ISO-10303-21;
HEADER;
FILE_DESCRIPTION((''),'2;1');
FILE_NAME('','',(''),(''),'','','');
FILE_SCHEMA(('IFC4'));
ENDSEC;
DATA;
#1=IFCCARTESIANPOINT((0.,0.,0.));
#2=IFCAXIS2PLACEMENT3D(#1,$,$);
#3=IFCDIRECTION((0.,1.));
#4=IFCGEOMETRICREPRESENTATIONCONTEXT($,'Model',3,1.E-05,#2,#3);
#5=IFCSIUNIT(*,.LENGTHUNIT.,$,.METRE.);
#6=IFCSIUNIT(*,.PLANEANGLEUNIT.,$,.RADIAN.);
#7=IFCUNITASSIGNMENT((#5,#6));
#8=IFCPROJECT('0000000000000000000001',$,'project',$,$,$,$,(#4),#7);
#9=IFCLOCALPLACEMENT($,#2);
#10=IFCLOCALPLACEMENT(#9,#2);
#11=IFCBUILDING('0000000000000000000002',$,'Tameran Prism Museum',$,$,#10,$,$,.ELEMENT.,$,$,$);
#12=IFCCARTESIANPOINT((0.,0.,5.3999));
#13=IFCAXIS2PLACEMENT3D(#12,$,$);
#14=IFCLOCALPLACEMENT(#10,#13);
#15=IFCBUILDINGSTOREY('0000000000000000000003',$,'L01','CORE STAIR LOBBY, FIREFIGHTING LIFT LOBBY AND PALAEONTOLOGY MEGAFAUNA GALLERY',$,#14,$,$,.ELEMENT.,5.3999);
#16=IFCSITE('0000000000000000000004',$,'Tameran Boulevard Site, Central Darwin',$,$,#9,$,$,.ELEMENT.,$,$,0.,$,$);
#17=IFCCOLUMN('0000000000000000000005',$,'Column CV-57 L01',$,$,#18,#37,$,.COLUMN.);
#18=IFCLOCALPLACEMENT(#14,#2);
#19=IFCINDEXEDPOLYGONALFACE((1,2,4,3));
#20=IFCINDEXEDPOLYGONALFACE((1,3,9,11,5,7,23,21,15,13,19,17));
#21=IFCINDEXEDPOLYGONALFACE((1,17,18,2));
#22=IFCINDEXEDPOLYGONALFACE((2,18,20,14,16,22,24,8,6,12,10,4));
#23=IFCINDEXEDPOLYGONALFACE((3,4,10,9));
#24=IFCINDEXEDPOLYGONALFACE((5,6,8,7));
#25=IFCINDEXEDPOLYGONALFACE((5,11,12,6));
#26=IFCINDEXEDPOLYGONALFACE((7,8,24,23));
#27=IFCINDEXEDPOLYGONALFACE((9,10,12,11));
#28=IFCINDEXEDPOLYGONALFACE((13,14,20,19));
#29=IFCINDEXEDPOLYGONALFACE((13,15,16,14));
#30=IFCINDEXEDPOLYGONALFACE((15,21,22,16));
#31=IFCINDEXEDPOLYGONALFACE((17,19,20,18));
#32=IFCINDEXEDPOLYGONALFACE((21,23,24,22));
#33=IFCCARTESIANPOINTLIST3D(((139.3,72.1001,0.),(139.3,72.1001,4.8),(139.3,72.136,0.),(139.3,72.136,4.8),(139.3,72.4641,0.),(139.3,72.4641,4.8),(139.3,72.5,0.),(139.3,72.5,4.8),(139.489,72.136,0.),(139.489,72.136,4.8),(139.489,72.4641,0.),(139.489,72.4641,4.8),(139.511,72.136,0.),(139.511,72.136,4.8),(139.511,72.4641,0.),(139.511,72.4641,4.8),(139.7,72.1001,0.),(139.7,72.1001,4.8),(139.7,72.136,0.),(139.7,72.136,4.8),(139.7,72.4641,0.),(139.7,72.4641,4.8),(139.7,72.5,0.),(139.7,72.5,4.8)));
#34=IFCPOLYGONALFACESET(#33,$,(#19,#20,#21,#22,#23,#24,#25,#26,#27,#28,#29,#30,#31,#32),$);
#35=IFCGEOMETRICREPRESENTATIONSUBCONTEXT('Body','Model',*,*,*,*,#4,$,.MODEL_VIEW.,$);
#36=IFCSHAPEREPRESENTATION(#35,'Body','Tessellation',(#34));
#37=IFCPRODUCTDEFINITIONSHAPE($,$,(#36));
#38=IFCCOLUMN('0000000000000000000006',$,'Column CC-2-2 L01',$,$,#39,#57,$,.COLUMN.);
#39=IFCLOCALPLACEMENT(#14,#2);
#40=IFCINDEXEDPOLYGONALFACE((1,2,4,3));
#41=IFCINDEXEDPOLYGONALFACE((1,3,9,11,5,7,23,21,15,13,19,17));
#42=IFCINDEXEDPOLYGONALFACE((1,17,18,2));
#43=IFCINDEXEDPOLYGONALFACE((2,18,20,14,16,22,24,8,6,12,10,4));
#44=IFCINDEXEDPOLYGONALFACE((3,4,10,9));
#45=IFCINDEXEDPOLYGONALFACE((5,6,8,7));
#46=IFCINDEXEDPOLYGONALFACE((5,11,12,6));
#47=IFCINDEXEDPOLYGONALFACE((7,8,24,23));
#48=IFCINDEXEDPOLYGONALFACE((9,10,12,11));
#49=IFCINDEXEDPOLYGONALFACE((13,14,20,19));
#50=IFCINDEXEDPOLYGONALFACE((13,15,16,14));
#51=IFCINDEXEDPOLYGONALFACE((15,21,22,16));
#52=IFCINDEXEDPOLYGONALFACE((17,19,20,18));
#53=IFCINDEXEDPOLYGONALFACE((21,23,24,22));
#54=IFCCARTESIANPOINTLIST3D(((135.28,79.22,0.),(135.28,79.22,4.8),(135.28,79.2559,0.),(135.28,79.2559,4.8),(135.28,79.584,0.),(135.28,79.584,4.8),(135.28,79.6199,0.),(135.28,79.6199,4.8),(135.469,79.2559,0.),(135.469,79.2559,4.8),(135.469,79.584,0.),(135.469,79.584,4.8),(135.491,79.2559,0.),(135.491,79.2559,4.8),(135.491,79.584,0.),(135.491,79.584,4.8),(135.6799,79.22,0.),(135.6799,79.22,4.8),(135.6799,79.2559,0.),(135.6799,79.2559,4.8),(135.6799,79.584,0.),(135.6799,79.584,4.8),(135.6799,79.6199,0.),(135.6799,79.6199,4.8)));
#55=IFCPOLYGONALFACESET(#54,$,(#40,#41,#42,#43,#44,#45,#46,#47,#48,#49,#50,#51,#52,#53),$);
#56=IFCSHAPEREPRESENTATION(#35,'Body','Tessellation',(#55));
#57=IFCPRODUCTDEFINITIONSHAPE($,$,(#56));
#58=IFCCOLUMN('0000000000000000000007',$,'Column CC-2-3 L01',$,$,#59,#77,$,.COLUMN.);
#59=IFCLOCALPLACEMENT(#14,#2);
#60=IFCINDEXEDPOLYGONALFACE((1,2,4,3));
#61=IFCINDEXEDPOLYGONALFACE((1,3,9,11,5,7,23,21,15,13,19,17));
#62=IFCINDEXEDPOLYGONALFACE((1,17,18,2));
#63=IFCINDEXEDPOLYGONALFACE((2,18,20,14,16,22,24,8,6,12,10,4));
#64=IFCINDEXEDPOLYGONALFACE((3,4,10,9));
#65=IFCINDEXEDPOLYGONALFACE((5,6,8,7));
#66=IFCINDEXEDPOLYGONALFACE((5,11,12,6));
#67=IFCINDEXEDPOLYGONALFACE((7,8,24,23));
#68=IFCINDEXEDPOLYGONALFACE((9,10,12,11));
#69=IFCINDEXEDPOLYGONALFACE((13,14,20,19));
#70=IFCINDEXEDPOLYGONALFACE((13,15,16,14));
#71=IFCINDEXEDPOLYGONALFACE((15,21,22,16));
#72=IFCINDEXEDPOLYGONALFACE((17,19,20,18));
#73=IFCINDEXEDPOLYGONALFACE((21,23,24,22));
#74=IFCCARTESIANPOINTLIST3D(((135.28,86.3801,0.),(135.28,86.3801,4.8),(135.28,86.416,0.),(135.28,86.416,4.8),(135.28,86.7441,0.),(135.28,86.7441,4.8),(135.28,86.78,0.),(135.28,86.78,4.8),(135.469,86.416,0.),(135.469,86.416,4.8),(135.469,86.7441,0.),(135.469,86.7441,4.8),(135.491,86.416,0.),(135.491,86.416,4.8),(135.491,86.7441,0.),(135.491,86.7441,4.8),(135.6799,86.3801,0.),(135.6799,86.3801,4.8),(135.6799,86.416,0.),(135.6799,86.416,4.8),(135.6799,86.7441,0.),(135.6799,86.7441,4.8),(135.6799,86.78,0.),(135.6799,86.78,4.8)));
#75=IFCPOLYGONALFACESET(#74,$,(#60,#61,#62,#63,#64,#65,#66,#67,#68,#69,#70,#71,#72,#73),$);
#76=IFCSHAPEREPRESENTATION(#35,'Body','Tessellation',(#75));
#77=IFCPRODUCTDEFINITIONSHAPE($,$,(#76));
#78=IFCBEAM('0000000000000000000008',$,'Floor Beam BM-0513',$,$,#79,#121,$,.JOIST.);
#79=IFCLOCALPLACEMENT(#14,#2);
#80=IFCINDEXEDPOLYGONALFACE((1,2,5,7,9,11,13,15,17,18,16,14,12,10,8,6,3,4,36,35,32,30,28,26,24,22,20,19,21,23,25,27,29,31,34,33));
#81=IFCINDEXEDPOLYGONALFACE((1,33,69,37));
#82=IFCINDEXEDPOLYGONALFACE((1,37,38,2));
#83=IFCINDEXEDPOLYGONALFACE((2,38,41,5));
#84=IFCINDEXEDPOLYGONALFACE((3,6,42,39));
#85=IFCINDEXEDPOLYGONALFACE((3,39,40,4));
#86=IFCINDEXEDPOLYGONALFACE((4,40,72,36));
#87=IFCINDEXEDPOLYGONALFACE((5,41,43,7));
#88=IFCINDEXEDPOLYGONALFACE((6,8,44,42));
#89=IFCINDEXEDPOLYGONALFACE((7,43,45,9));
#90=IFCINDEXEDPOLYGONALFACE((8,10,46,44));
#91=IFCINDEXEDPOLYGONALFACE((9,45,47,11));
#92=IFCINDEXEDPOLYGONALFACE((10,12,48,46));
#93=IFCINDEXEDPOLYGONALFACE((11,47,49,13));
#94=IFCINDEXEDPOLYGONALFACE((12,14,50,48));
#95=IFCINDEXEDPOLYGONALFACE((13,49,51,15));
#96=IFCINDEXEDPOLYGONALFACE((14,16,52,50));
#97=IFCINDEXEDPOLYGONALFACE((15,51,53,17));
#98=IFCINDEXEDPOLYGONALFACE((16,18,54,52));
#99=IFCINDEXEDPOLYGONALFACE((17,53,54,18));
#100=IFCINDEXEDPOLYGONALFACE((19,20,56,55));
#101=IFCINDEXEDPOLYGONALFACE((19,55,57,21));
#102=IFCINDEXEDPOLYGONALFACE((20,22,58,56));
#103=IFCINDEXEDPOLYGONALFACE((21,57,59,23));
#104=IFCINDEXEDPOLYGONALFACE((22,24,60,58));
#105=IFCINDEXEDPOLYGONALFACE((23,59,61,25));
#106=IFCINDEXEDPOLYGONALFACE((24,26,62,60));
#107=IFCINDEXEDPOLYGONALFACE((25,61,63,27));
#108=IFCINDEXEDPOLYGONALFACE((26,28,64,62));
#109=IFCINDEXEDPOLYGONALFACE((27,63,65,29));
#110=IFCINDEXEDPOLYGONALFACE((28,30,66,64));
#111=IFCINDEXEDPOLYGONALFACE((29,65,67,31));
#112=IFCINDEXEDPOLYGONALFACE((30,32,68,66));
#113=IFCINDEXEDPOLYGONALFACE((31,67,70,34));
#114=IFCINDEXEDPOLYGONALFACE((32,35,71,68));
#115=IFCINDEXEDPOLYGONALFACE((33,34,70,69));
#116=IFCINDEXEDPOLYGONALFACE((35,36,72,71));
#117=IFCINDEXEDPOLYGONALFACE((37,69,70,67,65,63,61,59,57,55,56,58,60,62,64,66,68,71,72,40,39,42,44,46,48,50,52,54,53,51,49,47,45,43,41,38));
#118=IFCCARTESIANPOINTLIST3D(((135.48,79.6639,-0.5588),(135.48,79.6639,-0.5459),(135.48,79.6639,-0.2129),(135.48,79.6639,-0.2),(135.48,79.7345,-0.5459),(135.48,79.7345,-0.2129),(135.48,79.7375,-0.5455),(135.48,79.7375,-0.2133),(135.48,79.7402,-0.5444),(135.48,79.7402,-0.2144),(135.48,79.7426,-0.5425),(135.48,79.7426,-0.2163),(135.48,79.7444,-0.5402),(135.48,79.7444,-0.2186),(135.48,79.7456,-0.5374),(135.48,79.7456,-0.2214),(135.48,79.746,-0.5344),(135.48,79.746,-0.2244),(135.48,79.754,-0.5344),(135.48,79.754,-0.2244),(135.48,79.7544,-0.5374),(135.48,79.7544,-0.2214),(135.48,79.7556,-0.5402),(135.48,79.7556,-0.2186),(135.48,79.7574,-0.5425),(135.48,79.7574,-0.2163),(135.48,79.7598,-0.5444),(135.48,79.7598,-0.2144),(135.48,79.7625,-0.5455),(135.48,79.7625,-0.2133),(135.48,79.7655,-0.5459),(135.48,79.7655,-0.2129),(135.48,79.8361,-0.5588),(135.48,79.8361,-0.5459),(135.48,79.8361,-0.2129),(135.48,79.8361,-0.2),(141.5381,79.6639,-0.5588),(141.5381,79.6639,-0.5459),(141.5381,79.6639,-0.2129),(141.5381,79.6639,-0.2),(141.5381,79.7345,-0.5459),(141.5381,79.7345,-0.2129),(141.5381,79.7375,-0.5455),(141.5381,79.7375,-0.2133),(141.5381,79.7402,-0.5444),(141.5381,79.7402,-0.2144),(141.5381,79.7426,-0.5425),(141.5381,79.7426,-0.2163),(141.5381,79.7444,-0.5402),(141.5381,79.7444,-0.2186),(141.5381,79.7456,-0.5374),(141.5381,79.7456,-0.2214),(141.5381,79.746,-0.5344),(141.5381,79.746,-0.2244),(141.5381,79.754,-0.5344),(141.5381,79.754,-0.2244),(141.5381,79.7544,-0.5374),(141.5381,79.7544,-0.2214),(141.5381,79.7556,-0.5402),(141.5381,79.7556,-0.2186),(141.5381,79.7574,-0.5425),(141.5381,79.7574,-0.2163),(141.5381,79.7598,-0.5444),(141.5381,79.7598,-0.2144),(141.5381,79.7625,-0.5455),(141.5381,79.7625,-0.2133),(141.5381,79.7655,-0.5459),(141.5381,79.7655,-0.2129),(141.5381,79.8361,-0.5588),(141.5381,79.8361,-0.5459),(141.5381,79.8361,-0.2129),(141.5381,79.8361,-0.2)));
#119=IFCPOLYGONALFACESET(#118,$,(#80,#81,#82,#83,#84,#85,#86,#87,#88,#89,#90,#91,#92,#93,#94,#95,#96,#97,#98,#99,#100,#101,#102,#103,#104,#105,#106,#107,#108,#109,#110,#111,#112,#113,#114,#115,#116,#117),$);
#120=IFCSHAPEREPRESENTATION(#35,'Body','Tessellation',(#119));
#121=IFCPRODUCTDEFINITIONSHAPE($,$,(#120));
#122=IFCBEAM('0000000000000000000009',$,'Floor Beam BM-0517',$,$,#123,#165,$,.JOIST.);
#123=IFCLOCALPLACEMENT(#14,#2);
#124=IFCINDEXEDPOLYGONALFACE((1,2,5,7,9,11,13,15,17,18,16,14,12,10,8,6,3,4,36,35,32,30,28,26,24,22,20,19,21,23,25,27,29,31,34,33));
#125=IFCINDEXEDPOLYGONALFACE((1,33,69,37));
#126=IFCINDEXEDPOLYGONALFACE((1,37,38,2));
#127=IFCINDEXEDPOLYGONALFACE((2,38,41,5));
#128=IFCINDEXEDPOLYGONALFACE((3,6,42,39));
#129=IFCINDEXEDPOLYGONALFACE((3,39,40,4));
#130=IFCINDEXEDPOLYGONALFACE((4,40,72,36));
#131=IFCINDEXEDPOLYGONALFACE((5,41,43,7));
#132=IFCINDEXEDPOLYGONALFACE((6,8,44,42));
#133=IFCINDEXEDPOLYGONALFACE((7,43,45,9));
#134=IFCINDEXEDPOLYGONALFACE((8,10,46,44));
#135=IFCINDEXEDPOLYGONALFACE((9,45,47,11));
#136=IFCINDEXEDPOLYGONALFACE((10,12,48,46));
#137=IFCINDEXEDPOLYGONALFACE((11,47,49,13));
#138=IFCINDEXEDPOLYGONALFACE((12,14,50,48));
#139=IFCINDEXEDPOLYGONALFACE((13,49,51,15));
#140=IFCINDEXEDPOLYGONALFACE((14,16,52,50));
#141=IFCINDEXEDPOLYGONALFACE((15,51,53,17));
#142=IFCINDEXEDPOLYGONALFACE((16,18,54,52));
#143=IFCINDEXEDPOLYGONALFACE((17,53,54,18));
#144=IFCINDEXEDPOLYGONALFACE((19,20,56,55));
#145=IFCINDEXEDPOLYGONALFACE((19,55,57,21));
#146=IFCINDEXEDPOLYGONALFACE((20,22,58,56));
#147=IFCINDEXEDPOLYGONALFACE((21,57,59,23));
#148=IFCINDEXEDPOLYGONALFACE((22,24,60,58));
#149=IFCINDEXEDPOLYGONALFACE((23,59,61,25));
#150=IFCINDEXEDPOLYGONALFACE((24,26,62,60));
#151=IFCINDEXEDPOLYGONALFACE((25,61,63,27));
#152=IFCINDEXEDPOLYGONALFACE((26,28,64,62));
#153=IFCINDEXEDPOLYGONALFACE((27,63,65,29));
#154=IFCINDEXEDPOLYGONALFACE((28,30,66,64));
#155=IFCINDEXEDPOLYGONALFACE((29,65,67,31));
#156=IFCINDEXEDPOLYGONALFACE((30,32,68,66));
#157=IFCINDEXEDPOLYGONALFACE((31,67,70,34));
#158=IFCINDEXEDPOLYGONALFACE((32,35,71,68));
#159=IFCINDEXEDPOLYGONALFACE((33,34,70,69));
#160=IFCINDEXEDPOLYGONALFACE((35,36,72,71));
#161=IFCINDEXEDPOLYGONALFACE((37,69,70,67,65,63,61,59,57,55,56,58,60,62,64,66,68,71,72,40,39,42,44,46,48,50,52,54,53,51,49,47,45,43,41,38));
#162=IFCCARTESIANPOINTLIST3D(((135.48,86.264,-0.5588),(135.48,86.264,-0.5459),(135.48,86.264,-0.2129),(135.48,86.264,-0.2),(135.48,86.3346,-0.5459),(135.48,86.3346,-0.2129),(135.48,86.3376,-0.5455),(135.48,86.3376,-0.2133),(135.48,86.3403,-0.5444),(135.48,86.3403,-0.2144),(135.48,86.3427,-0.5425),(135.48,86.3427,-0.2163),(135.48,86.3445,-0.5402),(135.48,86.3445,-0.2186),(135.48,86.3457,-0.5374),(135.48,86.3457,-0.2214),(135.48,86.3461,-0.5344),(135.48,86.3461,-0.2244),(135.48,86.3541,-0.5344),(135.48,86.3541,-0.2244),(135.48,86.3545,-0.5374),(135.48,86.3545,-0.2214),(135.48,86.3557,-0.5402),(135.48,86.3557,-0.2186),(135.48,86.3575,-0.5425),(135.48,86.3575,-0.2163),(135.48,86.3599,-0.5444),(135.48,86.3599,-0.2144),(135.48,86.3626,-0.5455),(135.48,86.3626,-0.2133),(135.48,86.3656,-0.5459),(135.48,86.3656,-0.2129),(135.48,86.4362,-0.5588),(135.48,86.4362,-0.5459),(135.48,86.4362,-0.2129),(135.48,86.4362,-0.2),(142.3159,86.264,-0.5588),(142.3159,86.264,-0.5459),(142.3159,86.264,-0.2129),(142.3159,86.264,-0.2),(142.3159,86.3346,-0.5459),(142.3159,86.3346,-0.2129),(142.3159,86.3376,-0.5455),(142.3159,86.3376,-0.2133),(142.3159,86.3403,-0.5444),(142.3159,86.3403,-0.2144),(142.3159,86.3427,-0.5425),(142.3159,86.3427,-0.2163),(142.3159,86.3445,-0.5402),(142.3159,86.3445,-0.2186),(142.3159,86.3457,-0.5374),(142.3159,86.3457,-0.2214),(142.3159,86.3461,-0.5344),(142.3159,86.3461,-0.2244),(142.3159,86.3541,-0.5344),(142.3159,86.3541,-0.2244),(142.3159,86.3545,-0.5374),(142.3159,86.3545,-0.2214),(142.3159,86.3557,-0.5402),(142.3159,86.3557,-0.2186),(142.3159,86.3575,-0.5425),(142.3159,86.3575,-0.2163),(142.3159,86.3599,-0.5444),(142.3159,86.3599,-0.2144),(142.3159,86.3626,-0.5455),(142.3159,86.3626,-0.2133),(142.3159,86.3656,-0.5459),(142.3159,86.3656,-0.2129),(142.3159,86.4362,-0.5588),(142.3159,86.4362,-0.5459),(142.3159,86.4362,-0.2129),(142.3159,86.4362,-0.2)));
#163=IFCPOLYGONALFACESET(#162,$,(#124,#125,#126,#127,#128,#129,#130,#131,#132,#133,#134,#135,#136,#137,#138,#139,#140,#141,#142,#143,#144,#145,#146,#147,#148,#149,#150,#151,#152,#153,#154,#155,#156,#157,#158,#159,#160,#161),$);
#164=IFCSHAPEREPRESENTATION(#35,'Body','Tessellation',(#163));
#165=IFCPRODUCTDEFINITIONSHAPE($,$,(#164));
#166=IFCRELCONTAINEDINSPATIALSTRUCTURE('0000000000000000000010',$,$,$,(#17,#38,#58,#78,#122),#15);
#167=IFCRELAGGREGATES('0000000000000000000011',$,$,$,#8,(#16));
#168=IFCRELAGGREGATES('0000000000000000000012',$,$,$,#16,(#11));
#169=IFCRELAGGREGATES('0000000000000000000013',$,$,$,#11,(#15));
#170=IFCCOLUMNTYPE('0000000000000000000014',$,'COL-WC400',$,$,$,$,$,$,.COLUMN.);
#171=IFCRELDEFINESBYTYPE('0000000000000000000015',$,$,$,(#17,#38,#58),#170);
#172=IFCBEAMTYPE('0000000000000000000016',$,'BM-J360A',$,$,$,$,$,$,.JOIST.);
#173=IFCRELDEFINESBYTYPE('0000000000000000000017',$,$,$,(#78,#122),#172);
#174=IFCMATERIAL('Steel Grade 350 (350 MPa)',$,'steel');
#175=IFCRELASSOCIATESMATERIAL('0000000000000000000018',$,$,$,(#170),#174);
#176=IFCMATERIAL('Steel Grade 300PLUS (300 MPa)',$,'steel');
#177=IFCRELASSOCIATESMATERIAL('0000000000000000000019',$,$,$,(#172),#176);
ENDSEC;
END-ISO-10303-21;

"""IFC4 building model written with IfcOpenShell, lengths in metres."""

from ifc_helpers import new_model, si_unit, direction, frame, origin, origin_2d, place, context, subcontext, project, spatial, i_section, extrude, material, material_profile, profile_set, type_object, element, save


model = new_model("IFC4")

# Units and contexts
model_context = context("Model", 3, precision=1e-05, world=origin(), true_north=direction((0.0, 1.0)))
body_context = subcontext(model_context, "Body", "Model", "MODEL_VIEW")
ifc_project = project(units=[si_unit("LENGTHUNIT", "METRE"), si_unit("PLANEANGLEUNIT", "RADIAN")], contexts=[model_context])

# Site, building, storey
site_placement = place(None, origin())
site = spatial("IfcSite", under=ifc_project, at=site_placement, Name="Tameran Boulevard Site, Central Darwin", CompositionType="ELEMENT", RefElevation=0.0)
building_placement = place(site_placement, origin())
building = spatial("IfcBuilding", under=site, at=building_placement, Name="Tameran Prism Museum", CompositionType="ELEMENT")
storey_placement = place(building_placement, frame((0.0, 0.0, 5.3999)))
storey = spatial("IfcBuildingStorey", under=building, at=storey_placement, Name="L01", Description="CORE STAIR LOBBY, FIREFIGHTING LIFT LOBBY AND PALAEONTOLOGY MEGAFAUNA GALLERY", CompositionType="ELEMENT", Elevation=5.3999)

# Columns
ifc_material_1 = material(Name="Steel Grade 350 (350 MPa)", Category="steel")
ifc_material_profile_1 = material_profile(ifc_material_1, i_section(OverallWidth=0.3999, OverallDepth=0.3999, WebThickness=0.022, FlangeThickness=0.0359, at=origin_2d()))
ifc_profile_set_1 = profile_set([ifc_material_profile_1])
column_type = type_object("IfcColumnType", Name="COL-WC400", PredefinedType="COLUMN", material=ifc_profile_set_1)
for number, where, z_axis, x_axis, name in (
    (1, (139.5, 72.3, 0.0), (0.0, 0.0, 1.0), (1.0, 0.0, 0.0), "Column CV-57 L01"),
    (2, (135.48, 79.4199, 0.0), (0.0, 0.0, 1.0), (1.0, 0.0, 0.0), "Column CC-2-2 L01"),
    (3, (135.48, 86.5801, 0.0), (0.0, 0.0, 1.0), (1.0, 0.0, 0.0), "Column CC-2-3 L01"),
):
    element("IfcColumn", number, at=place(storey_placement, frame(where, z_axis=z_axis, x_axis=x_axis)), inside=storey, type_object=column_type, Name=name, PredefinedType="COLUMN", context=body_context, shape_type="SweptSolid", body=[
        extrude(i_section(OverallWidth=0.3999, OverallDepth=0.3999, WebThickness=0.022, FlangeThickness=0.0359, at=origin_2d()), origin(), (0.0, 0.0, 1.0), 4.8),
    ])

# Beams
ifc_material_2 = material(Name="Steel Grade 300PLUS (300 MPa)", Category="steel")
ifc_material_profile_2 = material_profile(ifc_material_2, i_section(OverallWidth=0.1721, OverallDepth=0.3589, WebThickness=0.0081, FlangeThickness=0.0129, FilletRadius=0.0115, at=origin_2d()))
ifc_profile_set_2 = profile_set([ifc_material_profile_2])
beam_type_1 = type_object("IfcBeamType", Name="BM-J360A", PredefinedType="JOIST", material=ifc_profile_set_2)
beam_1_placement = place(storey_placement, frame((135.48, 79.75, -0.3794), z_axis=(1.0, 0.0, 0.0), x_axis=(0.0, 1.0, 0.0)))
element("IfcBeam", 4, at=beam_1_placement, inside=storey, type_object=beam_type_1, Name="Floor Beam BM-0513", PredefinedType="JOIST", context=body_context, shape_type="SweptSolid", body=[
    extrude(i_section(OverallWidth=0.1721, OverallDepth=0.3589, WebThickness=0.0081, FlangeThickness=0.0129, FilletRadius=0.0115, at=origin_2d()), origin(), (0.0, 0.0, 1.0), 6.0581),
])
beam_2_placement = place(storey_placement, frame((135.48, 86.3501, -0.3794), z_axis=(1.0, 0.0, 0.0), x_axis=(0.0, 1.0, 0.0)))
element("IfcBeam", 5, at=beam_2_placement, inside=storey, type_object=beam_type_1, Name="Floor Beam BM-0517", PredefinedType="JOIST", context=body_context, shape_type="SweptSolid", body=[
    extrude(i_section(OverallWidth=0.1721, OverallDepth=0.3589, WebThickness=0.0081, FlangeThickness=0.0129, FilletRadius=0.0115, at=origin_2d()), origin(), (0.0, 0.0, 1.0), 6.8359),
])

save(model, "model.ifc")
